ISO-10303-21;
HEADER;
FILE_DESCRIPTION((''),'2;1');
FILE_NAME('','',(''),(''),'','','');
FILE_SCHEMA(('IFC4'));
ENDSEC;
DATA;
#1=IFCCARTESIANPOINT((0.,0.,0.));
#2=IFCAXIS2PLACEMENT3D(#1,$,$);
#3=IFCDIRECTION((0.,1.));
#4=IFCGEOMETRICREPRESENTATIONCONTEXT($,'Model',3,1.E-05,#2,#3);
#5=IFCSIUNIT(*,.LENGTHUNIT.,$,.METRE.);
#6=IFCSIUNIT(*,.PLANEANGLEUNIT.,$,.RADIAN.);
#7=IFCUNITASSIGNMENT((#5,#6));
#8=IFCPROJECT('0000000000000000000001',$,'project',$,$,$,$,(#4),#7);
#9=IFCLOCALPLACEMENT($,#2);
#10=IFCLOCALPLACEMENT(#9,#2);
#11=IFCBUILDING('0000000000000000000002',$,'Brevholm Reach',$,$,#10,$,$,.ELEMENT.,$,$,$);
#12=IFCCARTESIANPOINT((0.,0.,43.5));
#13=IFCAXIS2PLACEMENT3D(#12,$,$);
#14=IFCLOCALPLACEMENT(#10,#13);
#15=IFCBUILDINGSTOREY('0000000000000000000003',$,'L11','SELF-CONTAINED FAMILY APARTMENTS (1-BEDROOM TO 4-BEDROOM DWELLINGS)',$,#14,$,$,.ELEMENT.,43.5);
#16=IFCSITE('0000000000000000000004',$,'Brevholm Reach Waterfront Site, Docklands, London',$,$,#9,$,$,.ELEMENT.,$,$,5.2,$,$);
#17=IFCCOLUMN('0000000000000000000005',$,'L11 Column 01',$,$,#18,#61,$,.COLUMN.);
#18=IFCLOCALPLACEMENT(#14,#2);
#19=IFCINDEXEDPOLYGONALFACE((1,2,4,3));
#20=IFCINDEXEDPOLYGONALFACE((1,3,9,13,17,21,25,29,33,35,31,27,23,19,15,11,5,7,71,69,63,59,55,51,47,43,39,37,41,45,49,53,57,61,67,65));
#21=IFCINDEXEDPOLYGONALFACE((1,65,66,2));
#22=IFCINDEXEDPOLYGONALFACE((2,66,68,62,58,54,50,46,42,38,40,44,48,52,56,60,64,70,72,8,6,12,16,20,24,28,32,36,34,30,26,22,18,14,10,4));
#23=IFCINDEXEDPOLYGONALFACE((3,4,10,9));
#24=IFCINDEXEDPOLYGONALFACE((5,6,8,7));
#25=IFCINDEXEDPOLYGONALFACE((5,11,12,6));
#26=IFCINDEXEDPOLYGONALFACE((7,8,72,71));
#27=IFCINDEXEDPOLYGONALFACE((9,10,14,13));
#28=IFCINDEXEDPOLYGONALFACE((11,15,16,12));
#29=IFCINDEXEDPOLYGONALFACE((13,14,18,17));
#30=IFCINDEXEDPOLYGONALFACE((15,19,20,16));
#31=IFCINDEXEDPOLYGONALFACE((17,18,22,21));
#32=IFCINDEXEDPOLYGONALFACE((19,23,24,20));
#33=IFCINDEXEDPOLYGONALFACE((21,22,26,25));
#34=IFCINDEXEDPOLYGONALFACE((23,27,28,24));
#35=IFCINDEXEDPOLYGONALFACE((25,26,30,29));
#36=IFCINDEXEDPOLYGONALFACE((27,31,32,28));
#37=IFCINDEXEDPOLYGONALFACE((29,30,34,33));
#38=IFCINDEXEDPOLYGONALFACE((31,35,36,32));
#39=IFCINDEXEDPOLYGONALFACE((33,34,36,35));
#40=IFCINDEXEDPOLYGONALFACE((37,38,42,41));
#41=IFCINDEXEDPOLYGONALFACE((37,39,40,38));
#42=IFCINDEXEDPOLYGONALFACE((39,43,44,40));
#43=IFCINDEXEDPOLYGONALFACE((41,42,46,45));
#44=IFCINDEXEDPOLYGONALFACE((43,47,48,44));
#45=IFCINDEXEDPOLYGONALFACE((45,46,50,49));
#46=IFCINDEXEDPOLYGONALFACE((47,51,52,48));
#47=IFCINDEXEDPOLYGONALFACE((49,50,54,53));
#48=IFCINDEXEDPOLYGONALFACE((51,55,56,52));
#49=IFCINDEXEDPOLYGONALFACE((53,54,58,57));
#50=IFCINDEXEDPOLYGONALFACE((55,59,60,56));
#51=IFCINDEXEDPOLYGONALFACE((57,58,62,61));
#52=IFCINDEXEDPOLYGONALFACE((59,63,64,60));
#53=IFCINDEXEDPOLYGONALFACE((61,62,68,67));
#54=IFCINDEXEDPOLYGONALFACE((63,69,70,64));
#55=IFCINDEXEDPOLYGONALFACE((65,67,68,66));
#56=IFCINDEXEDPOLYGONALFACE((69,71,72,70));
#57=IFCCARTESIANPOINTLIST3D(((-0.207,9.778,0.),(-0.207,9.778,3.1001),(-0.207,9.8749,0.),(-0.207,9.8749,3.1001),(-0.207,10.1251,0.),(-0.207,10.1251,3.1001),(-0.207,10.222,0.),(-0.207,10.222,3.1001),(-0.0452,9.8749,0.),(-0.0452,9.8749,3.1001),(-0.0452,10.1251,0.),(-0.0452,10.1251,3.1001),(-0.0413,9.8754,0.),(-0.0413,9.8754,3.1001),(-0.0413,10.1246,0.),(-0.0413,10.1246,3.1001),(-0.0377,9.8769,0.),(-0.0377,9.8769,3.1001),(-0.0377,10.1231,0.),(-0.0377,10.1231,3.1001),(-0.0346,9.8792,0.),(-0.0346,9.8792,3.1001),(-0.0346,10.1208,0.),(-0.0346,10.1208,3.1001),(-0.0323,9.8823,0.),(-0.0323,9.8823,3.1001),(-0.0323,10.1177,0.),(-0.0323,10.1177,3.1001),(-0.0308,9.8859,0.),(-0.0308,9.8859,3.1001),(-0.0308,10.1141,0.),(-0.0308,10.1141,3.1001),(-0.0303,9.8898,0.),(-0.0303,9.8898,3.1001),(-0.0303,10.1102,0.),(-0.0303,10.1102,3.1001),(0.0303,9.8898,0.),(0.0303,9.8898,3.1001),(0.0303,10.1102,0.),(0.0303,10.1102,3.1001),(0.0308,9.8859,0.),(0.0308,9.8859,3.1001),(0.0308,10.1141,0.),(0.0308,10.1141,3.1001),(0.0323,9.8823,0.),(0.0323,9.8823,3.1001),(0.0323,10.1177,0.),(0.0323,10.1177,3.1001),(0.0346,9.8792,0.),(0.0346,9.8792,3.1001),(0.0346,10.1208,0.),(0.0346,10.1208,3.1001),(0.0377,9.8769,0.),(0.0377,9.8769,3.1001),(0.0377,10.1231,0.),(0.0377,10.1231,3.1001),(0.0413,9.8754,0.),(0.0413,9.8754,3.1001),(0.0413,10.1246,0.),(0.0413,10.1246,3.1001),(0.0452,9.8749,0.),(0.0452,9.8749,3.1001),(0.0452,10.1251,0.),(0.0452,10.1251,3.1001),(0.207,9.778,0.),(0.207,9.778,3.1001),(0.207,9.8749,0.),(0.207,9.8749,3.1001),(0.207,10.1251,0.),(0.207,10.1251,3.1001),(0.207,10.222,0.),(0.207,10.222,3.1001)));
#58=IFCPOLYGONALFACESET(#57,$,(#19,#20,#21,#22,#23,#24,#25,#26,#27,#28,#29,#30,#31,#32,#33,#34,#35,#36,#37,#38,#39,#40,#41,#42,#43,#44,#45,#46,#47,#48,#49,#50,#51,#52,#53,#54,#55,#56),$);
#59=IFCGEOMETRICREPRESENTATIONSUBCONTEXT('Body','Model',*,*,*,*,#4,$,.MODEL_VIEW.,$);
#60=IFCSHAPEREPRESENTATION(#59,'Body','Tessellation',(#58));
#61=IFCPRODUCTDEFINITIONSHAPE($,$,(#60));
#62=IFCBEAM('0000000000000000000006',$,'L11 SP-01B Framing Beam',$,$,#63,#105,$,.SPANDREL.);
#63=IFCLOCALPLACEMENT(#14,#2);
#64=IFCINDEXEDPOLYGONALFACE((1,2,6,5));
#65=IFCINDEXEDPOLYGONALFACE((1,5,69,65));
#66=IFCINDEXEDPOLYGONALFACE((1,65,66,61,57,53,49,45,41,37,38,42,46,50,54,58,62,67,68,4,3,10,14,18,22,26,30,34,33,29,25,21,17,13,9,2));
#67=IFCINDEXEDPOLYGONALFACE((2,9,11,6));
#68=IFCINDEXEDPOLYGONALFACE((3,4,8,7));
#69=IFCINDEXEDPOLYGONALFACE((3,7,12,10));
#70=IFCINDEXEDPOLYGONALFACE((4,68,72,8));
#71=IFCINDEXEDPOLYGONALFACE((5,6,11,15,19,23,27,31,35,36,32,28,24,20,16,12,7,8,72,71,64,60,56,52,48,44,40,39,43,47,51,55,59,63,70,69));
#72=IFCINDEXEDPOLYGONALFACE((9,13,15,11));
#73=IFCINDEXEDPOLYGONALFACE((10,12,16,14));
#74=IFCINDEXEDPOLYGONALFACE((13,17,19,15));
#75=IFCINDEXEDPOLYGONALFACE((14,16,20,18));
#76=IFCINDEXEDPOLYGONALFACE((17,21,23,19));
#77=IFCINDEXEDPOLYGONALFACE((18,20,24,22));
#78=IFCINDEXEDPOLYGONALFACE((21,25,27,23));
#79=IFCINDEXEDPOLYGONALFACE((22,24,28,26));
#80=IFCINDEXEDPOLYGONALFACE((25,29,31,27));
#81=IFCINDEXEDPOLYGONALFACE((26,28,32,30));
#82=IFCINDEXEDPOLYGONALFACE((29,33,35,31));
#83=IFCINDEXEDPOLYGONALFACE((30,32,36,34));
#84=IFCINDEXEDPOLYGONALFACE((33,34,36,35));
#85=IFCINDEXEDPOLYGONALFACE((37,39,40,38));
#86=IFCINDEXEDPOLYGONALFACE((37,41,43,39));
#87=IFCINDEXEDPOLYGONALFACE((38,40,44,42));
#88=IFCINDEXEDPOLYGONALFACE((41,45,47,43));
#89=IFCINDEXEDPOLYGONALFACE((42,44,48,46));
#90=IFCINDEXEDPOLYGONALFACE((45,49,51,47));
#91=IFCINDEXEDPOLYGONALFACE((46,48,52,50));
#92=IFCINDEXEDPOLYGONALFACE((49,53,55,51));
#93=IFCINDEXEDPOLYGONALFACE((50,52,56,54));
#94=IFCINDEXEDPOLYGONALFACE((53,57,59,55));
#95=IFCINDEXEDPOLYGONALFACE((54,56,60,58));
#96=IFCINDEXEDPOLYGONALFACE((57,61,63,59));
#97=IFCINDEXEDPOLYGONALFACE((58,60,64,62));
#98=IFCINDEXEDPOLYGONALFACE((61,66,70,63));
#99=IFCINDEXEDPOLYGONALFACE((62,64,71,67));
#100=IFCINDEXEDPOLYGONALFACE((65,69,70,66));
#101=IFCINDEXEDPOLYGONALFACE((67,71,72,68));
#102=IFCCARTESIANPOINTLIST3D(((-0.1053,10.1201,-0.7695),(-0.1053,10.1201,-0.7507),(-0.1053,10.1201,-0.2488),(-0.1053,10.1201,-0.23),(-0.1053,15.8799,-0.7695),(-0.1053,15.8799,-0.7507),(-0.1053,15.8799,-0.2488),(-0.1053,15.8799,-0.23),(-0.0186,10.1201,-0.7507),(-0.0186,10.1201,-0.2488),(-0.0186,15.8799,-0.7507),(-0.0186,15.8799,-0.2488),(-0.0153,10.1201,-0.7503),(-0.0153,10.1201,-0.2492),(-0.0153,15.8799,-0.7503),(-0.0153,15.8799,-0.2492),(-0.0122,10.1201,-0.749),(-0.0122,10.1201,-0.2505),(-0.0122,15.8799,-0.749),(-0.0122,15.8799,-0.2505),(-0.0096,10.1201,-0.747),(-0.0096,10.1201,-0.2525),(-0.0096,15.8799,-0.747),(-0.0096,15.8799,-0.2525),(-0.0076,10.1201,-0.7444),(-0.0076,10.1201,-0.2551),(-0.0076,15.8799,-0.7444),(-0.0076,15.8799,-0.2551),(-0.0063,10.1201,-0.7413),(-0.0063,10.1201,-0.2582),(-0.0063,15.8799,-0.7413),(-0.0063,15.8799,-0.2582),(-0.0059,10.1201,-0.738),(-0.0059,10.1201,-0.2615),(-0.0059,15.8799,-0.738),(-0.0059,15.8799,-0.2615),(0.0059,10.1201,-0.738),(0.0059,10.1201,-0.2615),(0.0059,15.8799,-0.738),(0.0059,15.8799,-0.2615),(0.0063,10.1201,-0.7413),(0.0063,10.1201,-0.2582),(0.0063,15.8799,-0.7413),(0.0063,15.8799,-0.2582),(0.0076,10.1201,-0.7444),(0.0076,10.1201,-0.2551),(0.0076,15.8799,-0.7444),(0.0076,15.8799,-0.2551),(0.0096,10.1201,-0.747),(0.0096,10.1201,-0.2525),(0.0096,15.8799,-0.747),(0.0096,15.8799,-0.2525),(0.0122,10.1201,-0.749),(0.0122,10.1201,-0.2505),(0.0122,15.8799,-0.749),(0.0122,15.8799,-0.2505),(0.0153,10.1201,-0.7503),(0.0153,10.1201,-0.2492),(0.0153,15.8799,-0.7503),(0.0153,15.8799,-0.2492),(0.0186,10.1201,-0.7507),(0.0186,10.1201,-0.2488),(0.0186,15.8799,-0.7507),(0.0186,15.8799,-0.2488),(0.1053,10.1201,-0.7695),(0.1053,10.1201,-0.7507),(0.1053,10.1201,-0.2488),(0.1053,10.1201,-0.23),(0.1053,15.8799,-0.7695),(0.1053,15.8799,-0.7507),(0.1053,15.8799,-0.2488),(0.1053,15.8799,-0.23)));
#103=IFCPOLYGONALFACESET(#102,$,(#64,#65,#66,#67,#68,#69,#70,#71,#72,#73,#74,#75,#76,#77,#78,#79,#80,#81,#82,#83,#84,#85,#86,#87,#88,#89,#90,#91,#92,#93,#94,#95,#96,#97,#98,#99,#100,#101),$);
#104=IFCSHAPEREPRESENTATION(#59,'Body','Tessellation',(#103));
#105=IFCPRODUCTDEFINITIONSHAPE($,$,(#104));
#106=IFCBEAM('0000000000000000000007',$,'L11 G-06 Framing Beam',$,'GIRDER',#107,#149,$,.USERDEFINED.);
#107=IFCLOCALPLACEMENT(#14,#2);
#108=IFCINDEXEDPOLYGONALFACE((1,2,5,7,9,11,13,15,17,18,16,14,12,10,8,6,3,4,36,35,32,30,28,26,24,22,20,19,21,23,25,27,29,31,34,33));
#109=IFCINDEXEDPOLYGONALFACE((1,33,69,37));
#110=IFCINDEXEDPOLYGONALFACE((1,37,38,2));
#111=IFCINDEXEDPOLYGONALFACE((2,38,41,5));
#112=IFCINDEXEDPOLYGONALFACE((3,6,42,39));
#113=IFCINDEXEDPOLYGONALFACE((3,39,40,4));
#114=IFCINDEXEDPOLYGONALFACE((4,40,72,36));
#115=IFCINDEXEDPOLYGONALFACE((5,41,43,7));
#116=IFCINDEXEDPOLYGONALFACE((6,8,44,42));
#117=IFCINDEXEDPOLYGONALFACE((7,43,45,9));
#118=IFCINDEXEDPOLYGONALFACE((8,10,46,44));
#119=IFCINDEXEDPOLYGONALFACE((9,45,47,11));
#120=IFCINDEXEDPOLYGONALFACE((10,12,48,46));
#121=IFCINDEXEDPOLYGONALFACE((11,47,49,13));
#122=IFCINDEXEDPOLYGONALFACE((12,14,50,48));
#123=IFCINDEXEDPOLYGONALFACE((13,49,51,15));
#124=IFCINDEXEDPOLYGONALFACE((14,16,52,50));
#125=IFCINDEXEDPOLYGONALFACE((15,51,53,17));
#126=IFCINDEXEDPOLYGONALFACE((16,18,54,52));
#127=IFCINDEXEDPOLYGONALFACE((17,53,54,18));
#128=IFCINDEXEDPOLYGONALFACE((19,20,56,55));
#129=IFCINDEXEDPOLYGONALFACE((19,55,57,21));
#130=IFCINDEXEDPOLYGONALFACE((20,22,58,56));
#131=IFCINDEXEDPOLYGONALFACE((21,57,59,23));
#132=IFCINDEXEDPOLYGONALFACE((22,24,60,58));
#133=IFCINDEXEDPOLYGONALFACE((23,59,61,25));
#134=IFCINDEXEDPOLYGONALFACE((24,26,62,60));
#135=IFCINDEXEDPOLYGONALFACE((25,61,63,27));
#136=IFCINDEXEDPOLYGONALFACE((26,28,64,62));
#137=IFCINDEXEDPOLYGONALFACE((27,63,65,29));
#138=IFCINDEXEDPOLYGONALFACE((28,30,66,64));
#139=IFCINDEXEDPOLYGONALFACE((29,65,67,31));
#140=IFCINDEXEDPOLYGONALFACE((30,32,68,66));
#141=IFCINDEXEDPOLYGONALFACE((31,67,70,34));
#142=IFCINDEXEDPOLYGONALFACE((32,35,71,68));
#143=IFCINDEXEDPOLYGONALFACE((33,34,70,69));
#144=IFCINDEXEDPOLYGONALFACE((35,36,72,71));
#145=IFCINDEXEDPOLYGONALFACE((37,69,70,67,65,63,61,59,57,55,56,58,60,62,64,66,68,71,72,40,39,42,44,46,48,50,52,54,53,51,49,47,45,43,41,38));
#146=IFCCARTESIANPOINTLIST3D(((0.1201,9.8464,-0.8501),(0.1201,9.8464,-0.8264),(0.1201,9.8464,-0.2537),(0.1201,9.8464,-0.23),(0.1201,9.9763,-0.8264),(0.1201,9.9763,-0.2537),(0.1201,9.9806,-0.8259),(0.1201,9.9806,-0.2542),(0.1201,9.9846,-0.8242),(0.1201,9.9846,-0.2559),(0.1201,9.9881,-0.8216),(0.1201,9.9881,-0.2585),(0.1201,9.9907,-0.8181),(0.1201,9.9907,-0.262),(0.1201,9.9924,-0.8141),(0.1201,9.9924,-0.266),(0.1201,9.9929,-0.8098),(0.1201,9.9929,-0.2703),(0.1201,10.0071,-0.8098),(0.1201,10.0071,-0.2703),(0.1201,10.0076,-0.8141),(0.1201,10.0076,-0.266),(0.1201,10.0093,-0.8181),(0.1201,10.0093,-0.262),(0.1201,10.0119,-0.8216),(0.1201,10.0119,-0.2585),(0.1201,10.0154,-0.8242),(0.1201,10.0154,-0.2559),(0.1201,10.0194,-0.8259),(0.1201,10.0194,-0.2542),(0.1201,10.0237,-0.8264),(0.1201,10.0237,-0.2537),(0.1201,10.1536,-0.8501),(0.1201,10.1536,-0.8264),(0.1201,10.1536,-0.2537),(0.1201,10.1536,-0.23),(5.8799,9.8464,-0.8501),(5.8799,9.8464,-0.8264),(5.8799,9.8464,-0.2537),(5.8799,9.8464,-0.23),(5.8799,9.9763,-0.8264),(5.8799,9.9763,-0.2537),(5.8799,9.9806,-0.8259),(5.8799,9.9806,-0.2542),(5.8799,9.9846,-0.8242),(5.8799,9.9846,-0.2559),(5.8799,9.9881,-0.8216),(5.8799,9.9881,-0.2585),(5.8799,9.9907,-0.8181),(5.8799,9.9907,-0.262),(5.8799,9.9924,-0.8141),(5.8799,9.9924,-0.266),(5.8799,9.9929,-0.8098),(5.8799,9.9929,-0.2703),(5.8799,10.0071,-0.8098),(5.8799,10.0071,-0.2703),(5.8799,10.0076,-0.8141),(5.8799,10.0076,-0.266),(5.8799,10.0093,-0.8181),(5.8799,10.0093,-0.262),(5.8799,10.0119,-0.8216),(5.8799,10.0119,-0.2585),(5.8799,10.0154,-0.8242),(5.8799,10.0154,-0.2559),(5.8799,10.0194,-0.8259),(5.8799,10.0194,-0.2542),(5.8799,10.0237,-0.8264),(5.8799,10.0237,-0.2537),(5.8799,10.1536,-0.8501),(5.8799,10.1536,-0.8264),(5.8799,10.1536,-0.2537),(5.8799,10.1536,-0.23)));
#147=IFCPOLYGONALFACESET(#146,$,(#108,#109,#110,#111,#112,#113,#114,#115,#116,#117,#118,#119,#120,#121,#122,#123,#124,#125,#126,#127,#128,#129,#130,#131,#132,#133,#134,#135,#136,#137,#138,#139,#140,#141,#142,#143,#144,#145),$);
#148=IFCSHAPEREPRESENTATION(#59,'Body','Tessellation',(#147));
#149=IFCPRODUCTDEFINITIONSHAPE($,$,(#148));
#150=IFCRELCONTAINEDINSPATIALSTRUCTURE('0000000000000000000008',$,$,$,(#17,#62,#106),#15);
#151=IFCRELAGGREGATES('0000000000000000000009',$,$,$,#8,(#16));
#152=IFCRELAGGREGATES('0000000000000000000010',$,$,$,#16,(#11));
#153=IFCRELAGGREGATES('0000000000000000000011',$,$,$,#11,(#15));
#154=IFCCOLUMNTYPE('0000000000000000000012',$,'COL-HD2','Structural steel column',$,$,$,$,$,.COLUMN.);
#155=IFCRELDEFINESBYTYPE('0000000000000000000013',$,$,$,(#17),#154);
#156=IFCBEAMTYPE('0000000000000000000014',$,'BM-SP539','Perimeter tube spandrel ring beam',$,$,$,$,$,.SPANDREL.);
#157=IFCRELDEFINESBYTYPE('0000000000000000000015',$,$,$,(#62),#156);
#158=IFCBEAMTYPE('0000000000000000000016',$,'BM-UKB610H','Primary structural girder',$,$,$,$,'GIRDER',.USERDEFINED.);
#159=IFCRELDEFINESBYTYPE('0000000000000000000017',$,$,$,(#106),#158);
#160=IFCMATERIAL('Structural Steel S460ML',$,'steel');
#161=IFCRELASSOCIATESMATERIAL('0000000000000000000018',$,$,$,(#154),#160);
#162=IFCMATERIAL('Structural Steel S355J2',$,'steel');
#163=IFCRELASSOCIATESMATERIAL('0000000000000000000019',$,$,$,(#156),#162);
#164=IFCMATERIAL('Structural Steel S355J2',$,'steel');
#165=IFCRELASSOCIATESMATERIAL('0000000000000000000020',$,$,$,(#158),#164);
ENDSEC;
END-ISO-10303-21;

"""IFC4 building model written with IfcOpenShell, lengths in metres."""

from ifc_helpers import new_model, si_unit, direction, frame, origin, origin_2d, place, context, subcontext, project, spatial, i_section, extrude, material, material_profile, profile_set, type_object, element, save


model = new_model("IFC4")

# Units and contexts
model_context = context("Model", 3, precision=1e-05, world=origin(), true_north=direction((0.0, 1.0)))
body_context = subcontext(model_context, "Body", "Model", "MODEL_VIEW")
ifc_project = project(units=[si_unit("LENGTHUNIT", "METRE"), si_unit("PLANEANGLEUNIT", "RADIAN")], contexts=[model_context])

# Site, building, storey
site_placement = place(None, origin())
site = spatial("IfcSite", under=ifc_project, at=site_placement, Name="Brevholm Reach Waterfront Site, Docklands, London", CompositionType="ELEMENT", RefElevation=5.2)
building_placement = place(site_placement, origin())
building = spatial("IfcBuilding", under=site, at=building_placement, Name="Brevholm Reach", CompositionType="ELEMENT")
storey_placement = place(building_placement, frame((0.0, 0.0, 43.5)))
storey = spatial("IfcBuildingStorey", under=building, at=storey_placement, Name="L11", Description="SELF-CONTAINED FAMILY APARTMENTS (1-BEDROOM TO 4-BEDROOM DWELLINGS)", CompositionType="ELEMENT", Elevation=43.5)

# Column
ifc_material_1 = material(Name="Structural Steel S460ML", Category="steel")
ifc_material_profile_1 = material_profile(ifc_material_1, i_section(OverallWidth=0.4141, OverallDepth=0.4441, WebThickness=0.0605, FlangeThickness=0.0969, FilletRadius=0.0149, at=origin_2d()), Name="HD 400x818")
ifc_profile_set_1 = profile_set([ifc_material_profile_1], Name="Structural Steel S460ML")
column_type = type_object("IfcColumnType", Name="COL-HD2", Description="Structural steel column", PredefinedType="COLUMN", material=ifc_profile_set_1)
column_placement = place(storey_placement, frame((0.0, 10.0, 0.0), z_axis=(0.0, 0.0, 1.0), x_axis=(1.0, 0.0, 0.0)))
element("IfcColumn", 1, at=column_placement, inside=storey, type_object=column_type, Name="L11 Column 01", PredefinedType="COLUMN", context=body_context, shape_type="SweptSolid", body=[
    extrude(i_section(OverallWidth=0.4141, OverallDepth=0.4441, WebThickness=0.0605, FlangeThickness=0.0969, FilletRadius=0.0149, at=origin_2d()), origin(), (0.0, 0.0, 1.0), 3.1001),
])

# Beams
ifc_material_2 = material(Name="Structural Steel S355J2", Category="steel")
ifc_material_profile_2 = material_profile(ifc_material_2, i_section(OverallWidth=0.2107, OverallDepth=0.5396, WebThickness=0.0117, FlangeThickness=0.0188, FilletRadius=0.0127, at=origin_2d()), Name="UKB 533x210x109")
ifc_profile_set_2 = profile_set([ifc_material_profile_2], Name="Structural Steel S355J2")
beam_type_1 = type_object("IfcBeamType", Name="BM-SP539", Description="Perimeter tube spandrel ring beam", PredefinedType="SPANDREL", material=ifc_profile_set_2)
beam_1_placement = place(storey_placement, frame((0.0, 10.1201, -0.4998), z_axis=(0.0, 1.0, 0.0), x_axis=(-1.0, 0.0, 0.0)))
element("IfcBeam", 2, at=beam_1_placement, inside=storey, type_object=beam_type_1, Name="L11 SP-01B Framing Beam", PredefinedType="SPANDREL", context=body_context, shape_type="SweptSolid", body=[
    extrude(i_section(OverallWidth=0.2107, OverallDepth=0.5396, WebThickness=0.0117, FlangeThickness=0.0188, FilletRadius=0.0127, at=origin_2d()), origin(), (0.0, 0.0, 1.0), 5.7598),
])
ifc_material_3 = material(Name="Structural Steel S355J2", Category="steel")
ifc_material_profile_3 = material_profile(ifc_material_3, i_section(OverallWidth=0.3071, OverallDepth=0.6201, WebThickness=0.0142, FlangeThickness=0.0237, FilletRadius=0.0166, at=origin_2d()), Name="UKB 610x305x179")
ifc_profile_set_3 = profile_set([ifc_material_profile_3], Name="Structural Steel S355J2")
beam_type_2 = type_object("IfcBeamType", Name="BM-UKB610H", Description="Primary structural girder", ElementType="GIRDER", PredefinedType="USERDEFINED", material=ifc_profile_set_3)
beam_2_placement = place(storey_placement, frame((0.1201, 10.0, -0.54), z_axis=(1.0, 0.0, 0.0), x_axis=(0.0, 1.0, 0.0)))
element("IfcBeam", 3, at=beam_2_placement, inside=storey, type_object=beam_type_2, Name="L11 G-06 Framing Beam", ObjectType="GIRDER", PredefinedType="USERDEFINED", context=body_context, shape_type="SweptSolid", body=[
    extrude(i_section(OverallWidth=0.3071, OverallDepth=0.6201, WebThickness=0.0142, FlangeThickness=0.0237, FilletRadius=0.0166, at=origin_2d()), origin(), (0.0, 0.0, 1.0), 5.7598),
])

save(model, "model.ifc")
